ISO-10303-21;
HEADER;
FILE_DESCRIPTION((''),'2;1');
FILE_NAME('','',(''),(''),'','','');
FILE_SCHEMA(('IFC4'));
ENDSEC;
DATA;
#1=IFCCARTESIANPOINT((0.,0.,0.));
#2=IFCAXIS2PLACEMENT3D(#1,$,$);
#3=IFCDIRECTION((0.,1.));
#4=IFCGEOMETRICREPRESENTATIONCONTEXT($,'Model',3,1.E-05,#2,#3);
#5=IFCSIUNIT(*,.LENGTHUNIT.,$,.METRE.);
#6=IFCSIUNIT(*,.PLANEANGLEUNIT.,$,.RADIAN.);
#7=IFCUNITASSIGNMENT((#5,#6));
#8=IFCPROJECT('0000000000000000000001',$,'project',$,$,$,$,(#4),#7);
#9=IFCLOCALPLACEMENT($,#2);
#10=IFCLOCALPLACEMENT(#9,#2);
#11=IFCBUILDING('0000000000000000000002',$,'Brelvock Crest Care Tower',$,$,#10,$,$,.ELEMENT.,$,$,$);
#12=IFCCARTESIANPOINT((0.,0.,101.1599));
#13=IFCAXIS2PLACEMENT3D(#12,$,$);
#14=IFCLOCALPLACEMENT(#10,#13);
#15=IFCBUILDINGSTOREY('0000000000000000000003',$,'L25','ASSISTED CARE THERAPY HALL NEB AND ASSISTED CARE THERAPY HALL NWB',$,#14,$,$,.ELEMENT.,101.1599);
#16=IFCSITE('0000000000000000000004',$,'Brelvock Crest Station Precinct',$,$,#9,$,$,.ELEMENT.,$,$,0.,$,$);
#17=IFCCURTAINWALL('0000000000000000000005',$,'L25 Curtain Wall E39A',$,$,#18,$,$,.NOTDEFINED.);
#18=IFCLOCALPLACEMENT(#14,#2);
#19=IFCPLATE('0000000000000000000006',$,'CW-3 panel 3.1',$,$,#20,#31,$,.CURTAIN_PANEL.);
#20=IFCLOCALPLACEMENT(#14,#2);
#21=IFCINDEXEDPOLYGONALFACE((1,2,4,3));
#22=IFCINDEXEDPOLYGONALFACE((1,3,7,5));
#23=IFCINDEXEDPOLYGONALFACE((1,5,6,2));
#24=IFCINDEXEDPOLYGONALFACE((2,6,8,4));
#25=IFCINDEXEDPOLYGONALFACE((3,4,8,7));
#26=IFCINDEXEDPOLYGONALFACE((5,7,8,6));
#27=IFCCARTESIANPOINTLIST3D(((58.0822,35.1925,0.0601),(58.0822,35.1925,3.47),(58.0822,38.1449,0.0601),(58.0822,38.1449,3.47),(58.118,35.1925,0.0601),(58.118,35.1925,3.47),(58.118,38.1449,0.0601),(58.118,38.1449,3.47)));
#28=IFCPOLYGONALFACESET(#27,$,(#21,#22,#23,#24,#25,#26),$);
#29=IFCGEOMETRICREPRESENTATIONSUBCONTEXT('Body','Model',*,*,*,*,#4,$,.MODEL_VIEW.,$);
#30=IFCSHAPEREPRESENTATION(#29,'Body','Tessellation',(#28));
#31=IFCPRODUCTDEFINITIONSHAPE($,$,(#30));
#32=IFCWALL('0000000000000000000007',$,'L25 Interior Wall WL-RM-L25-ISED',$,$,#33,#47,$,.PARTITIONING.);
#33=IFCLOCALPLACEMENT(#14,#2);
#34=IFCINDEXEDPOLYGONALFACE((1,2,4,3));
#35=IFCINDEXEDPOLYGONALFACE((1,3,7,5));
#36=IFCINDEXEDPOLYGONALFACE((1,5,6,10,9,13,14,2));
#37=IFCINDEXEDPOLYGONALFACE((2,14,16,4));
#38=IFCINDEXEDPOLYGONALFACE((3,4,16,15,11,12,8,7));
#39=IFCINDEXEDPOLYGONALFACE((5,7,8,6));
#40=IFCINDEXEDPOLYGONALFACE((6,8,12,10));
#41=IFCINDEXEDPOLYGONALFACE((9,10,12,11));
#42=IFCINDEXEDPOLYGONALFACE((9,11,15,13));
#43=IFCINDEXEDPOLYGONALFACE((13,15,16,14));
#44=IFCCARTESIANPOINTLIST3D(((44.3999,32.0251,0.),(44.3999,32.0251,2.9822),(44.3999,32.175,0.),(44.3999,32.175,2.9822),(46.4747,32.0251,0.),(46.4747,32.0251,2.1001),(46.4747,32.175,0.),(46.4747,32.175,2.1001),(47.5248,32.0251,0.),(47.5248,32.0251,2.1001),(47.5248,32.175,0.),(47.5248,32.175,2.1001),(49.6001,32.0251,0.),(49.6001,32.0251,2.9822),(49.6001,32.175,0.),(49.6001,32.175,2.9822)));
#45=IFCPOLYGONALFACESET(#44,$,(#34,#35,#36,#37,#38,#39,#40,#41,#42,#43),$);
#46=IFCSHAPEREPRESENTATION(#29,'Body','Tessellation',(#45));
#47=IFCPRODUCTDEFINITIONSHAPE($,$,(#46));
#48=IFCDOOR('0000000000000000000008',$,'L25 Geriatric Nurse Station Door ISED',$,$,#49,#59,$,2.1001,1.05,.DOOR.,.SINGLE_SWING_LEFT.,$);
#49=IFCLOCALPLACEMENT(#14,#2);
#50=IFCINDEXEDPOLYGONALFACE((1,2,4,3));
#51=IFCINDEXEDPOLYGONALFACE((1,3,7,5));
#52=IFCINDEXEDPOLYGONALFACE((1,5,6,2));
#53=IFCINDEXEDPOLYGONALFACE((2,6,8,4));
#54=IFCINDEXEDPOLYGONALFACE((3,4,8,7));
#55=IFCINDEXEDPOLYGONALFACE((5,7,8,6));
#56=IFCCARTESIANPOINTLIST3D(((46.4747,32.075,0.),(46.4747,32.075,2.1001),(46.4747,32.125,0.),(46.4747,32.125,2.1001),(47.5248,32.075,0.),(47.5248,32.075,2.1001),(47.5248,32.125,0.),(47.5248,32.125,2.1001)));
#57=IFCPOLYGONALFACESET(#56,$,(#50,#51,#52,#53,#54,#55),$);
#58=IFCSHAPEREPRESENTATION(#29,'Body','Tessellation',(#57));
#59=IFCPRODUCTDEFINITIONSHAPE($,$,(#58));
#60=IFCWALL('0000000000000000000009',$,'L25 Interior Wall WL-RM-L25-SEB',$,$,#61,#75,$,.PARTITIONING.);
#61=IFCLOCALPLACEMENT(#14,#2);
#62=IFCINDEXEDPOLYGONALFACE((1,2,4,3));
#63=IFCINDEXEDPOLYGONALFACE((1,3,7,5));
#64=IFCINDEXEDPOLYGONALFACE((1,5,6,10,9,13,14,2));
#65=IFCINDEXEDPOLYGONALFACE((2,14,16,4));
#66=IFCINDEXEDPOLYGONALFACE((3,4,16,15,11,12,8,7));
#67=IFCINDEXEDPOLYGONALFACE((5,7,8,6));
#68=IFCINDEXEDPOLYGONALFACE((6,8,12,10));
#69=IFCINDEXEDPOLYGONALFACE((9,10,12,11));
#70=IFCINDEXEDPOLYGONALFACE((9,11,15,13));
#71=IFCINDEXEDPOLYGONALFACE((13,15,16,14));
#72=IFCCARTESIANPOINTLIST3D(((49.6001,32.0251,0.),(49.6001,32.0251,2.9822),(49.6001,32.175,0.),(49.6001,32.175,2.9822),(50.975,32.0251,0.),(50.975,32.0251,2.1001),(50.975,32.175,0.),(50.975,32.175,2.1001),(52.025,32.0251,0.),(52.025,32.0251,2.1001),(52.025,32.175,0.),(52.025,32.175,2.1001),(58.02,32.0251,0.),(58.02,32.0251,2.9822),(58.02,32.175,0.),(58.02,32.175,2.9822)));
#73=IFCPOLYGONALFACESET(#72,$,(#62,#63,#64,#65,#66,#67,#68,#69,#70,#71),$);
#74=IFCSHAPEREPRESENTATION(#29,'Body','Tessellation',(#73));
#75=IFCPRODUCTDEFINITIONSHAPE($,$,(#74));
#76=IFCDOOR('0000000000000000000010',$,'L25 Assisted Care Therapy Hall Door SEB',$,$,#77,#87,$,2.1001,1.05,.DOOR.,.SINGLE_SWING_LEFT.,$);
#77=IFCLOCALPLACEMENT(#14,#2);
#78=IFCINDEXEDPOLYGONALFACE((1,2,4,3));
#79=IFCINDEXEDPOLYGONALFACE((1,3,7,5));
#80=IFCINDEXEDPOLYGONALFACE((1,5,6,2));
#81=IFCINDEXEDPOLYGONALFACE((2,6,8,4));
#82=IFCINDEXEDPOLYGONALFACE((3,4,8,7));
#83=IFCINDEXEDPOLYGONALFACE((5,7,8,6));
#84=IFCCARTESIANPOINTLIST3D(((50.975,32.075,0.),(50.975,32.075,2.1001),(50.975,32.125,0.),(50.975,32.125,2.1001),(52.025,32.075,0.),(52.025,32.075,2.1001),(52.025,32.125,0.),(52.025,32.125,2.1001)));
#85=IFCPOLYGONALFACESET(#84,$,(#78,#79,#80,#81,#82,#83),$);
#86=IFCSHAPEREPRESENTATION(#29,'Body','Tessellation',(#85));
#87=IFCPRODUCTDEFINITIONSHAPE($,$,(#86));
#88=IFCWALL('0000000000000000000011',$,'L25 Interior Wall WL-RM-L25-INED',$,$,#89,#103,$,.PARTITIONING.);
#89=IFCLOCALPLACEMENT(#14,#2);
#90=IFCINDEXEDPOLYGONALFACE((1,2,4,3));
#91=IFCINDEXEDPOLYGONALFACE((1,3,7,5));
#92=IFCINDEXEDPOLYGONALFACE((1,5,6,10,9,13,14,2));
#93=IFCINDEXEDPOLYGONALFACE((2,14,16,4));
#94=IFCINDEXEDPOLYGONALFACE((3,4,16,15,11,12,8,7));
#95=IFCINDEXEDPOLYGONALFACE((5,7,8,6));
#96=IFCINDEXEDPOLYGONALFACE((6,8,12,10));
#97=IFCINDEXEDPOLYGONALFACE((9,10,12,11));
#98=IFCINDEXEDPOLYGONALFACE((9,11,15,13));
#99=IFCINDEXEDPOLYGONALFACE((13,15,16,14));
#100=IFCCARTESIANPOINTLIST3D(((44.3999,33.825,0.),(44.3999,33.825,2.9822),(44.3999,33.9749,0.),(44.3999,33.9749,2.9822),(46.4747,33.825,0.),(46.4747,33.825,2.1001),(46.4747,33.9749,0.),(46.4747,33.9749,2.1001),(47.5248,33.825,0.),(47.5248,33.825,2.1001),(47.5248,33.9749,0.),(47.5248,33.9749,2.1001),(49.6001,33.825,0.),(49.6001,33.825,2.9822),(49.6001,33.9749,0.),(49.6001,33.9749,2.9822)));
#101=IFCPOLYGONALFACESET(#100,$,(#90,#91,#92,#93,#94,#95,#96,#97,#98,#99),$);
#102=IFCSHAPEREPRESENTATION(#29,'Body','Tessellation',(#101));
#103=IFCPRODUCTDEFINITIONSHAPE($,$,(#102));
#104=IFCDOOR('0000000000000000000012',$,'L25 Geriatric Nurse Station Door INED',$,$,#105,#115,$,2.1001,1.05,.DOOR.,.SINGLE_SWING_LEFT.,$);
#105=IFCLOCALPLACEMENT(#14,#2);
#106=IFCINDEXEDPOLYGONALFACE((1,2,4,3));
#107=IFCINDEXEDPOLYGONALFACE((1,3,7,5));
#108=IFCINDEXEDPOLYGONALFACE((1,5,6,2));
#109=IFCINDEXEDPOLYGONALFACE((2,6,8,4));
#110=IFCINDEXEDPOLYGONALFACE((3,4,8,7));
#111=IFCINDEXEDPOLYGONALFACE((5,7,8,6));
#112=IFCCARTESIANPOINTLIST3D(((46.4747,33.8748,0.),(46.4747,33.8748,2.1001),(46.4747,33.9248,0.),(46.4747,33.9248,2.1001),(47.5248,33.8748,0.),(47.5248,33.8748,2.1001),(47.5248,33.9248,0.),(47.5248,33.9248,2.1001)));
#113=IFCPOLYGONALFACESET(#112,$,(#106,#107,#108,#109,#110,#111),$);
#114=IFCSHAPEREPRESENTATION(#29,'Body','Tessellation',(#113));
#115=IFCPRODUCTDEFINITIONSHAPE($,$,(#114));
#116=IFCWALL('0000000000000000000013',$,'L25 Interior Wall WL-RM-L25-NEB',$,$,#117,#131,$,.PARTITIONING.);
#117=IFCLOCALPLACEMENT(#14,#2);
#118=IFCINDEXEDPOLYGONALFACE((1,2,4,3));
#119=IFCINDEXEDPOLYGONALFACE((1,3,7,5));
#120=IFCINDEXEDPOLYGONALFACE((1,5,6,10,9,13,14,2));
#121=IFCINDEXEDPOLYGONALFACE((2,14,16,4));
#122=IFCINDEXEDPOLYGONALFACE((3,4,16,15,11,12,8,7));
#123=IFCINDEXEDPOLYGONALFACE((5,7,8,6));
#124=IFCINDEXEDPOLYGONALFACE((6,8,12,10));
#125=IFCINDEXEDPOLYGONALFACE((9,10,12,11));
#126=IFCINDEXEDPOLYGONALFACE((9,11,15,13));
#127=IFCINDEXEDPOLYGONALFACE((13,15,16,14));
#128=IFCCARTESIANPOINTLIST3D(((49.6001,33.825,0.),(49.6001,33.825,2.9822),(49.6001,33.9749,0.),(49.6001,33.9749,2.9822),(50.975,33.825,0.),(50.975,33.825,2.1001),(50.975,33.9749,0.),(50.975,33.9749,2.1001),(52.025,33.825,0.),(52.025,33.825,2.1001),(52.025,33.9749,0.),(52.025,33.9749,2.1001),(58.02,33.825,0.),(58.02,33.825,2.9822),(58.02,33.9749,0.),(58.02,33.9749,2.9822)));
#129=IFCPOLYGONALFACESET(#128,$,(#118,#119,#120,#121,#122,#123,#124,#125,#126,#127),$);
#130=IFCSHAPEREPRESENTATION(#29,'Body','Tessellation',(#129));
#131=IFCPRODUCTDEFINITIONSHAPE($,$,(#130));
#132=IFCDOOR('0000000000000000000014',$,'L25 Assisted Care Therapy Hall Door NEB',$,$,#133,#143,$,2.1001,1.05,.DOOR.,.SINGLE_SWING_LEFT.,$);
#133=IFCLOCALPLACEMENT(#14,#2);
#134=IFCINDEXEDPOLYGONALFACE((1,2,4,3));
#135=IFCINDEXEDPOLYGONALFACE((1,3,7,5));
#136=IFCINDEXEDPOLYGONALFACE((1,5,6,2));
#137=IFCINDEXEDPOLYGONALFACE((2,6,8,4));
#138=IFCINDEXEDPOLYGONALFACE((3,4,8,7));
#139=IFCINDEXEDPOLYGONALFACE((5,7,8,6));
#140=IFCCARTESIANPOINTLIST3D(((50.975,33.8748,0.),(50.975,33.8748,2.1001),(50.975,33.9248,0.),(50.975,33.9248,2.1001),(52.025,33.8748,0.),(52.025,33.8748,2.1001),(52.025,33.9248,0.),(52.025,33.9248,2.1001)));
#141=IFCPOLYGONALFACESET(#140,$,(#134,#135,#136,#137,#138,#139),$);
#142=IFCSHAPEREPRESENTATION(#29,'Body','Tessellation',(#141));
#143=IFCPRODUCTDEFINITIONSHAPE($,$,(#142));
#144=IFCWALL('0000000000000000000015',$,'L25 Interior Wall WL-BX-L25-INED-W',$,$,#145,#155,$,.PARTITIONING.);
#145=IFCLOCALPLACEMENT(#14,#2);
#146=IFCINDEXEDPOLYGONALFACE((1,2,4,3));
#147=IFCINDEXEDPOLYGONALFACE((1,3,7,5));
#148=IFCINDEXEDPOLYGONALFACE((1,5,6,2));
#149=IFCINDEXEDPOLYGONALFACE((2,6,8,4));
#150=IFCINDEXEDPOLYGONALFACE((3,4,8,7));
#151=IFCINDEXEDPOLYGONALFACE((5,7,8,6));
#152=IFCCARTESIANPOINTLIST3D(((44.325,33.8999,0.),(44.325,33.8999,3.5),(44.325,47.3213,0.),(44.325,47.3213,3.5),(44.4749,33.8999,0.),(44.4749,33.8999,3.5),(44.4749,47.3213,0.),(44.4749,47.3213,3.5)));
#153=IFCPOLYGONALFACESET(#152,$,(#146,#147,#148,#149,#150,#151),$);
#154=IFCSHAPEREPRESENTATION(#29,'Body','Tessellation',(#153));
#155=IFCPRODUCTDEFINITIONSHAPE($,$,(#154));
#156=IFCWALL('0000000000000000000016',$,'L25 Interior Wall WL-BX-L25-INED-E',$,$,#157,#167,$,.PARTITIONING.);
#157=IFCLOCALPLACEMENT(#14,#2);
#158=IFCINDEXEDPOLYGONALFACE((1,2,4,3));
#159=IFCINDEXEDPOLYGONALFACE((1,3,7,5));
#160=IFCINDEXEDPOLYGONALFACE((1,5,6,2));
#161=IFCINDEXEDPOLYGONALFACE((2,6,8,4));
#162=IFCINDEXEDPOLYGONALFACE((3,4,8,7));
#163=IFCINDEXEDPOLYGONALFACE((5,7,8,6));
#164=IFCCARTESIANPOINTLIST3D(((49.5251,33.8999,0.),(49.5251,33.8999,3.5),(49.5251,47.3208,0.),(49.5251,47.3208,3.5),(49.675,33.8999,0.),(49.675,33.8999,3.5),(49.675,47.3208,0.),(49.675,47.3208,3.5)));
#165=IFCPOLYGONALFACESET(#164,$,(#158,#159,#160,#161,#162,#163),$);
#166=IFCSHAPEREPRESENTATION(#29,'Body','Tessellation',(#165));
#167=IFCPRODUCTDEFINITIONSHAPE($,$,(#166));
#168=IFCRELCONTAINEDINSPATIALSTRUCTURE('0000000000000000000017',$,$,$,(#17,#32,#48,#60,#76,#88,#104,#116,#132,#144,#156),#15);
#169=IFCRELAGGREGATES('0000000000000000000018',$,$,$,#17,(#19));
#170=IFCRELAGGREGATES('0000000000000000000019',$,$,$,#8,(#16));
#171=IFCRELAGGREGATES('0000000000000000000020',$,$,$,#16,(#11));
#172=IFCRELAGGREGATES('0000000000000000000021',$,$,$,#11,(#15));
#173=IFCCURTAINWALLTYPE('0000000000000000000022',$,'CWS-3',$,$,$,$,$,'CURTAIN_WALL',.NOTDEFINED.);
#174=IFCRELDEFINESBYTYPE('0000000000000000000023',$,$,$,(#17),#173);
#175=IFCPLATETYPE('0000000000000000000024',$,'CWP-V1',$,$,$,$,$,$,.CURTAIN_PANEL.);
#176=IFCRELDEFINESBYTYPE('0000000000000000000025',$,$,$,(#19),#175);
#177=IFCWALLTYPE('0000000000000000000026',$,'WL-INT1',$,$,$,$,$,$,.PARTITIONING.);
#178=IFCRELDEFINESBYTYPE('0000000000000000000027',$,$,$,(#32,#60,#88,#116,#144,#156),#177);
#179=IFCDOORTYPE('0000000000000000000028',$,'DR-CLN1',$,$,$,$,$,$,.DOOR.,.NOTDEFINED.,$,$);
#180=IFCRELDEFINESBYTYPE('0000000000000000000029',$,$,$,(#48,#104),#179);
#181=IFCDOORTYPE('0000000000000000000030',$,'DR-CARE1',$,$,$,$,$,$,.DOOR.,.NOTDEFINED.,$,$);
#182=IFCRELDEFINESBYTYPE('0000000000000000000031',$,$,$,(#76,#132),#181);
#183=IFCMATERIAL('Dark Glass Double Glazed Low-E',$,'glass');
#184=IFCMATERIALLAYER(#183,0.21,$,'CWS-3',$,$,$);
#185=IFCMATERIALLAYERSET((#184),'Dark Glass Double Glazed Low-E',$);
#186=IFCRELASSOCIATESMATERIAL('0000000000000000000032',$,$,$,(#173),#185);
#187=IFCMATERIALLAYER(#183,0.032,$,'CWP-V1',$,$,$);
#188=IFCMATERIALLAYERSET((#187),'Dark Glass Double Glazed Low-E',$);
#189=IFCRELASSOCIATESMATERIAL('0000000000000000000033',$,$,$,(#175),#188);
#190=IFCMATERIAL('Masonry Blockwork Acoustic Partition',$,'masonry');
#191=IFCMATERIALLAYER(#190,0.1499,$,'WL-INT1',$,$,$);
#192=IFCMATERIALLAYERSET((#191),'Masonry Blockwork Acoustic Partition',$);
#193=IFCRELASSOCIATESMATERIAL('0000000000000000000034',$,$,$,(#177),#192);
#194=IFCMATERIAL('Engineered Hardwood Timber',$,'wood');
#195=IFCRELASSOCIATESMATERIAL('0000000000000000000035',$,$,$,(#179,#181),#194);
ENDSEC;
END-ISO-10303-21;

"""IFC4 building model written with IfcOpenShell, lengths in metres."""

from ifc_helpers import new_model, si_unit, direction, frame, frame_2d, origin, origin_2d, place, context, subcontext, project, spatial, rectangle, extrude, source, transform, mapped, material, layer, layer_set, type_object, element, fill, aggregate, save


model = new_model("IFC4")

# Units and contexts
model_context = context("Model", 3, precision=1e-05, world=origin(), true_north=direction((0.0, 1.0)))
body_context = subcontext(model_context, "Body", "Model", "MODEL_VIEW")
ifc_project = project(units=[si_unit("LENGTHUNIT", "METRE"), si_unit("PLANEANGLEUNIT", "RADIAN")], contexts=[model_context])

# Site, building, storey
site_placement = place(None, origin())
site = spatial("IfcSite", under=ifc_project, at=site_placement, Name="Brelvock Crest Station Precinct", CompositionType="ELEMENT", RefElevation=0.0)
building_placement = place(site_placement, origin())
building = spatial("IfcBuilding", under=site, at=building_placement, Name="Brelvock Crest Care Tower", CompositionType="ELEMENT")
storey_placement = place(building_placement, frame((0.0, 0.0, 101.1599)))
storey = spatial("IfcBuildingStorey", under=building, at=storey_placement, Name="L25", Description="ASSISTED CARE THERAPY HALL NEB AND ASSISTED CARE THERAPY HALL NWB", CompositionType="ELEMENT", Elevation=101.1599)

# Curtain wall, plate
ifc_material_1 = material(Name="Dark Glass Double Glazed Low-E", Category="glass")
ifc_layer_1 = layer(ifc_material_1, 0.21, Name="CWS-3")
ifc_layer_set_1 = layer_set([ifc_layer_1], Name="Dark Glass Double Glazed Low-E")
curtain_wall_type = type_object("IfcCurtainWallType", Name="CWS-3", ElementType="CURTAIN_WALL", PredefinedType="NOTDEFINED", material=ifc_layer_set_1)
curtain_wall_placement = place(storey_placement, origin())
curtain_wall = element("IfcCurtainWall", 1, at=curtain_wall_placement, inside=storey, type_object=curtain_wall_type, Name="L25 Curtain Wall E39A", PredefinedType="NOTDEFINED")
ifc_layer_2 = layer(ifc_material_1, 0.032, Name="CWP-V1")
ifc_layer_set_2 = layer_set([ifc_layer_2], Name="Dark Glass Double Glazed Low-E")
plate_type = type_object("IfcPlateType", Name="CWP-V1", PredefinedType="CURTAIN_PANEL", material=ifc_layer_set_2)
shared_shape_1 = source(origin(), body_context, "Body", "SweptSolid", [
    extrude(rectangle(XDim=2.9524, YDim=0.0359, at=origin_2d()), origin(), (0.0, 0.0, 1.0), 3.4099),
])
plate_1_placement = place(storey_placement, frame((58.1001, 36.6687, 0.0601), z_axis=(0.0, 0.0, 1.0), x_axis=(0.0, -1.0, 0.0)))
plate_1 = element("IfcPlate", 2, at=plate_1_placement, type_object=plate_type, Name="CW-3 panel 3.1", PredefinedType="CURTAIN_PANEL", context=body_context, shape_type="MappedRepresentation", body=[
    mapped(shared_shape_1, transform((0.0, 0.0, 0.0), x_axis=(1.0, 0.0, 0.0), y_axis=(0.0, 1.0, 0.0), z_axis=(0.0, 0.0, 1.0), scale=1.0)),
])
aggregate(curtain_wall, [plate_1])

# Walls, openings, doors
ifc_material_2 = material(Name="Masonry Blockwork Acoustic Partition", Category="masonry")
ifc_layer_3 = layer(ifc_material_2, 0.1499, Name="WL-INT1")
ifc_layer_set_3 = layer_set([ifc_layer_3], Name="Masonry Blockwork Acoustic Partition")
wall_type_1 = type_object("IfcWallType", Name="WL-INT1", PredefinedType="PARTITIONING", material=ifc_layer_set_3)
wall_1_placement = place(storey_placement, frame((44.3999, 32.1001, 0.0), z_axis=(0.0, 0.0, 1.0), x_axis=(1.0, 0.0, 0.0)))
wall_1 = element("IfcWall", 3, at=wall_1_placement, inside=storey, type_object=wall_type_1, Name="L25 Interior Wall WL-RM-L25-ISED", PredefinedType="PARTITIONING", context=body_context, shape_type="SweptSolid", body=[
    extrude(rectangle(XDim=5.2002, YDim=0.1499, at=frame_2d((2.6001, 0.0))), origin(), (0.0, 0.0, 1.0), 2.9822),
])
opening_1_placement = place(wall_1_placement, frame((2.075, 0.0, 0.0)))
opening_1 = element("IfcOpeningElement", 4, at=opening_1_placement, cuts=wall_1, PredefinedType="OPENING", context=body_context, shape_type="SweptSolid", body=[
    extrude(rectangle(XDim=1.05, YDim=2.1001, at=origin_2d()), frame((0.5249, 0.085, 1.05), z_axis=(0.0, -1.0, 0.0), x_axis=(1.0, 0.0, 0.0)), (0.0, 0.0, 1.0), 0.1699),
])
ifc_material_3 = material(Name="Engineered Hardwood Timber", Category="wood")
door_type_1 = type_object("IfcDoorType", Name="DR-CLN1", OperationType="NOTDEFINED", PredefinedType="DOOR", material=ifc_material_3)
shared_shape_2 = source(origin(), body_context, "Body", "SweptSolid", [
    extrude(rectangle(XDim=1.05, YDim=2.1001, at=origin_2d()), frame((0.5249, 0.0249, 1.05), z_axis=(0.0, -1.0, 0.0), x_axis=(1.0, 0.0, 0.0)), (0.0, 0.0, 1.0), 0.05),
])
door_1_placement = place(opening_1_placement, origin())
door_1 = element("IfcDoor", 5, at=door_1_placement, inside=storey, type_object=door_type_1, Name="L25 Geriatric Nurse Station Door ISED", OperationType="SINGLE_SWING_LEFT", OverallHeight=2.1001, OverallWidth=1.05, PredefinedType="DOOR", context=body_context, shape_type="MappedRepresentation", body=[
    mapped(shared_shape_2, transform((0.0, 0.0, 0.0), x_axis=(1.0, 0.0, 0.0), y_axis=(0.0, 1.0, 0.0), z_axis=(0.0, 0.0, 1.0), scale=1.0)),
])
fill(opening_1, door_1)
wall_2_placement = place(storey_placement, frame((49.6001, 32.1001, 0.0), z_axis=(0.0, 0.0, 1.0), x_axis=(1.0, 0.0, 0.0)))
wall_2 = element("IfcWall", 6, at=wall_2_placement, inside=storey, type_object=wall_type_1, Name="L25 Interior Wall WL-RM-L25-SEB", PredefinedType="PARTITIONING", context=body_context, shape_type="SweptSolid", body=[
    extrude(rectangle(XDim=8.4199, YDim=0.1499, at=frame_2d((4.21, 0.0))), origin(), (0.0, 0.0, 1.0), 2.9822),
])
opening_2_placement = place(wall_2_placement, frame((1.375, 0.0, 0.0)))
opening_2 = element("IfcOpeningElement", 7, at=opening_2_placement, cuts=wall_2, PredefinedType="OPENING", context=body_context, shape_type="SweptSolid", body=[
    extrude(rectangle(XDim=1.05, YDim=2.1001, at=origin_2d()), frame((0.5249, 0.085, 1.05), z_axis=(0.0, -1.0, 0.0), x_axis=(1.0, 0.0, 0.0)), (0.0, 0.0, 1.0), 0.1699),
])
door_type_2 = type_object("IfcDoorType", Name="DR-CARE1", OperationType="NOTDEFINED", PredefinedType="DOOR", material=ifc_material_3)
shared_shape_3 = source(origin(), body_context, "Body", "SweptSolid", [
    extrude(rectangle(XDim=1.05, YDim=2.1001, at=origin_2d()), frame((0.5249, 0.0249, 1.05), z_axis=(0.0, -1.0, 0.0), x_axis=(1.0, 0.0, 0.0)), (0.0, 0.0, 1.0), 0.05),
])
door_2_placement = place(opening_2_placement, origin())
door_2 = element("IfcDoor", 8, at=door_2_placement, inside=storey, type_object=door_type_2, Name="L25 Assisted Care Therapy Hall Door SEB", OperationType="SINGLE_SWING_LEFT", OverallHeight=2.1001, OverallWidth=1.05, PredefinedType="DOOR", context=body_context, shape_type="MappedRepresentation", body=[
    mapped(shared_shape_3, transform((0.0, 0.0, 0.0), x_axis=(1.0, 0.0, 0.0), y_axis=(0.0, 1.0, 0.0), z_axis=(0.0, 0.0, 1.0), scale=1.0)),
])
fill(opening_2, door_2)
wall_3_placement = place(storey_placement, frame((44.3999, 33.8999, 0.0), z_axis=(0.0, 0.0, 1.0), x_axis=(1.0, 0.0, 0.0)))
wall_3 = element("IfcWall", 9, at=wall_3_placement, inside=storey, type_object=wall_type_1, Name="L25 Interior Wall WL-RM-L25-INED", PredefinedType="PARTITIONING", context=body_context, shape_type="SweptSolid", body=[
    extrude(rectangle(XDim=5.2002, YDim=0.1499, at=frame_2d((2.6001, 0.0))), origin(), (0.0, 0.0, 1.0), 2.9822),
])
opening_3_placement = place(wall_3_placement, frame((2.075, 0.0, 0.0)))
opening_3 = element("IfcOpeningElement", 10, at=opening_3_placement, cuts=wall_3, PredefinedType="OPENING", context=body_context, shape_type="SweptSolid", body=[
    extrude(rectangle(XDim=1.05, YDim=2.1001, at=origin_2d()), frame((0.5249, 0.085, 1.05), z_axis=(0.0, -1.0, 0.0), x_axis=(1.0, 0.0, 0.0)), (0.0, 0.0, 1.0), 0.1699),
])
door_3_placement = place(opening_3_placement, origin())
door_3 = element("IfcDoor", 11, at=door_3_placement, inside=storey, type_object=door_type_1, Name="L25 Geriatric Nurse Station Door INED", OperationType="SINGLE_SWING_LEFT", OverallHeight=2.1001, OverallWidth=1.05, PredefinedType="DOOR", context=body_context, shape_type="MappedRepresentation", body=[
    mapped(shared_shape_2, transform((0.0, 0.0, 0.0), x_axis=(1.0, 0.0, 0.0), y_axis=(0.0, 1.0, 0.0), z_axis=(0.0, 0.0, 1.0), scale=1.0)),
])
fill(opening_3, door_3)
wall_4_placement = place(storey_placement, frame((49.6001, 33.8999, 0.0), z_axis=(0.0, 0.0, 1.0), x_axis=(1.0, 0.0, 0.0)))
wall_4 = element("IfcWall", 12, at=wall_4_placement, inside=storey, type_object=wall_type_1, Name="L25 Interior Wall WL-RM-L25-NEB", PredefinedType="PARTITIONING", context=body_context, shape_type="SweptSolid", body=[
    extrude(rectangle(XDim=8.4199, YDim=0.1499, at=frame_2d((4.21, 0.0))), origin(), (0.0, 0.0, 1.0), 2.9822),
])
opening_4_placement = place(wall_4_placement, frame((1.375, 0.0, 0.0)))
opening_4 = element("IfcOpeningElement", 13, at=opening_4_placement, cuts=wall_4, PredefinedType="OPENING", context=body_context, shape_type="SweptSolid", body=[
    extrude(rectangle(XDim=1.05, YDim=2.1001, at=origin_2d()), frame((0.5249, 0.085, 1.05), z_axis=(0.0, -1.0, 0.0), x_axis=(1.0, 0.0, 0.0)), (0.0, 0.0, 1.0), 0.1699),
])
door_4_placement = place(opening_4_placement, origin())
door_4 = element("IfcDoor", 14, at=door_4_placement, inside=storey, type_object=door_type_2, Name="L25 Assisted Care Therapy Hall Door NEB", OperationType="SINGLE_SWING_LEFT", OverallHeight=2.1001, OverallWidth=1.05, PredefinedType="DOOR", context=body_context, shape_type="MappedRepresentation", body=[
    mapped(shared_shape_3, transform((0.0, 0.0, 0.0), x_axis=(1.0, 0.0, 0.0), y_axis=(0.0, 1.0, 0.0), z_axis=(0.0, 0.0, 1.0), scale=1.0)),
])
fill(opening_4, door_4)

# Walls
wall_5_placement = place(storey_placement, frame((44.3999, 33.8999, 0.0), z_axis=(0.0, 0.0, 1.0), x_axis=(0.0, 1.0, 0.0)))
element("IfcWall", 15, at=wall_5_placement, inside=storey, type_object=wall_type_1, Name="L25 Interior Wall WL-BX-L25-INED-W", PredefinedType="PARTITIONING", context=body_context, shape_type="SweptSolid", body=[
    extrude(rectangle(XDim=13.4214, YDim=0.1499, at=frame_2d((6.7107, 0.0))), origin(), (0.0, 0.0, 1.0), 3.5),
])
wall_6_placement = place(storey_placement, frame((49.6001, 33.8999, 0.0), z_axis=(0.0, 0.0, 1.0), x_axis=(0.0, 1.0, 0.0)))
element("IfcWall", 16, at=wall_6_placement, inside=storey, type_object=wall_type_1, Name="L25 Interior Wall WL-BX-L25-INED-E", PredefinedType="PARTITIONING", context=body_context, shape_type="SweptSolid", body=[
    extrude(rectangle(XDim=13.4209, YDim=0.1499, at=frame_2d((6.7104, 0.0))), origin(), (0.0, 0.0, 1.0), 3.5),
])

save(model, "model.ifc")
